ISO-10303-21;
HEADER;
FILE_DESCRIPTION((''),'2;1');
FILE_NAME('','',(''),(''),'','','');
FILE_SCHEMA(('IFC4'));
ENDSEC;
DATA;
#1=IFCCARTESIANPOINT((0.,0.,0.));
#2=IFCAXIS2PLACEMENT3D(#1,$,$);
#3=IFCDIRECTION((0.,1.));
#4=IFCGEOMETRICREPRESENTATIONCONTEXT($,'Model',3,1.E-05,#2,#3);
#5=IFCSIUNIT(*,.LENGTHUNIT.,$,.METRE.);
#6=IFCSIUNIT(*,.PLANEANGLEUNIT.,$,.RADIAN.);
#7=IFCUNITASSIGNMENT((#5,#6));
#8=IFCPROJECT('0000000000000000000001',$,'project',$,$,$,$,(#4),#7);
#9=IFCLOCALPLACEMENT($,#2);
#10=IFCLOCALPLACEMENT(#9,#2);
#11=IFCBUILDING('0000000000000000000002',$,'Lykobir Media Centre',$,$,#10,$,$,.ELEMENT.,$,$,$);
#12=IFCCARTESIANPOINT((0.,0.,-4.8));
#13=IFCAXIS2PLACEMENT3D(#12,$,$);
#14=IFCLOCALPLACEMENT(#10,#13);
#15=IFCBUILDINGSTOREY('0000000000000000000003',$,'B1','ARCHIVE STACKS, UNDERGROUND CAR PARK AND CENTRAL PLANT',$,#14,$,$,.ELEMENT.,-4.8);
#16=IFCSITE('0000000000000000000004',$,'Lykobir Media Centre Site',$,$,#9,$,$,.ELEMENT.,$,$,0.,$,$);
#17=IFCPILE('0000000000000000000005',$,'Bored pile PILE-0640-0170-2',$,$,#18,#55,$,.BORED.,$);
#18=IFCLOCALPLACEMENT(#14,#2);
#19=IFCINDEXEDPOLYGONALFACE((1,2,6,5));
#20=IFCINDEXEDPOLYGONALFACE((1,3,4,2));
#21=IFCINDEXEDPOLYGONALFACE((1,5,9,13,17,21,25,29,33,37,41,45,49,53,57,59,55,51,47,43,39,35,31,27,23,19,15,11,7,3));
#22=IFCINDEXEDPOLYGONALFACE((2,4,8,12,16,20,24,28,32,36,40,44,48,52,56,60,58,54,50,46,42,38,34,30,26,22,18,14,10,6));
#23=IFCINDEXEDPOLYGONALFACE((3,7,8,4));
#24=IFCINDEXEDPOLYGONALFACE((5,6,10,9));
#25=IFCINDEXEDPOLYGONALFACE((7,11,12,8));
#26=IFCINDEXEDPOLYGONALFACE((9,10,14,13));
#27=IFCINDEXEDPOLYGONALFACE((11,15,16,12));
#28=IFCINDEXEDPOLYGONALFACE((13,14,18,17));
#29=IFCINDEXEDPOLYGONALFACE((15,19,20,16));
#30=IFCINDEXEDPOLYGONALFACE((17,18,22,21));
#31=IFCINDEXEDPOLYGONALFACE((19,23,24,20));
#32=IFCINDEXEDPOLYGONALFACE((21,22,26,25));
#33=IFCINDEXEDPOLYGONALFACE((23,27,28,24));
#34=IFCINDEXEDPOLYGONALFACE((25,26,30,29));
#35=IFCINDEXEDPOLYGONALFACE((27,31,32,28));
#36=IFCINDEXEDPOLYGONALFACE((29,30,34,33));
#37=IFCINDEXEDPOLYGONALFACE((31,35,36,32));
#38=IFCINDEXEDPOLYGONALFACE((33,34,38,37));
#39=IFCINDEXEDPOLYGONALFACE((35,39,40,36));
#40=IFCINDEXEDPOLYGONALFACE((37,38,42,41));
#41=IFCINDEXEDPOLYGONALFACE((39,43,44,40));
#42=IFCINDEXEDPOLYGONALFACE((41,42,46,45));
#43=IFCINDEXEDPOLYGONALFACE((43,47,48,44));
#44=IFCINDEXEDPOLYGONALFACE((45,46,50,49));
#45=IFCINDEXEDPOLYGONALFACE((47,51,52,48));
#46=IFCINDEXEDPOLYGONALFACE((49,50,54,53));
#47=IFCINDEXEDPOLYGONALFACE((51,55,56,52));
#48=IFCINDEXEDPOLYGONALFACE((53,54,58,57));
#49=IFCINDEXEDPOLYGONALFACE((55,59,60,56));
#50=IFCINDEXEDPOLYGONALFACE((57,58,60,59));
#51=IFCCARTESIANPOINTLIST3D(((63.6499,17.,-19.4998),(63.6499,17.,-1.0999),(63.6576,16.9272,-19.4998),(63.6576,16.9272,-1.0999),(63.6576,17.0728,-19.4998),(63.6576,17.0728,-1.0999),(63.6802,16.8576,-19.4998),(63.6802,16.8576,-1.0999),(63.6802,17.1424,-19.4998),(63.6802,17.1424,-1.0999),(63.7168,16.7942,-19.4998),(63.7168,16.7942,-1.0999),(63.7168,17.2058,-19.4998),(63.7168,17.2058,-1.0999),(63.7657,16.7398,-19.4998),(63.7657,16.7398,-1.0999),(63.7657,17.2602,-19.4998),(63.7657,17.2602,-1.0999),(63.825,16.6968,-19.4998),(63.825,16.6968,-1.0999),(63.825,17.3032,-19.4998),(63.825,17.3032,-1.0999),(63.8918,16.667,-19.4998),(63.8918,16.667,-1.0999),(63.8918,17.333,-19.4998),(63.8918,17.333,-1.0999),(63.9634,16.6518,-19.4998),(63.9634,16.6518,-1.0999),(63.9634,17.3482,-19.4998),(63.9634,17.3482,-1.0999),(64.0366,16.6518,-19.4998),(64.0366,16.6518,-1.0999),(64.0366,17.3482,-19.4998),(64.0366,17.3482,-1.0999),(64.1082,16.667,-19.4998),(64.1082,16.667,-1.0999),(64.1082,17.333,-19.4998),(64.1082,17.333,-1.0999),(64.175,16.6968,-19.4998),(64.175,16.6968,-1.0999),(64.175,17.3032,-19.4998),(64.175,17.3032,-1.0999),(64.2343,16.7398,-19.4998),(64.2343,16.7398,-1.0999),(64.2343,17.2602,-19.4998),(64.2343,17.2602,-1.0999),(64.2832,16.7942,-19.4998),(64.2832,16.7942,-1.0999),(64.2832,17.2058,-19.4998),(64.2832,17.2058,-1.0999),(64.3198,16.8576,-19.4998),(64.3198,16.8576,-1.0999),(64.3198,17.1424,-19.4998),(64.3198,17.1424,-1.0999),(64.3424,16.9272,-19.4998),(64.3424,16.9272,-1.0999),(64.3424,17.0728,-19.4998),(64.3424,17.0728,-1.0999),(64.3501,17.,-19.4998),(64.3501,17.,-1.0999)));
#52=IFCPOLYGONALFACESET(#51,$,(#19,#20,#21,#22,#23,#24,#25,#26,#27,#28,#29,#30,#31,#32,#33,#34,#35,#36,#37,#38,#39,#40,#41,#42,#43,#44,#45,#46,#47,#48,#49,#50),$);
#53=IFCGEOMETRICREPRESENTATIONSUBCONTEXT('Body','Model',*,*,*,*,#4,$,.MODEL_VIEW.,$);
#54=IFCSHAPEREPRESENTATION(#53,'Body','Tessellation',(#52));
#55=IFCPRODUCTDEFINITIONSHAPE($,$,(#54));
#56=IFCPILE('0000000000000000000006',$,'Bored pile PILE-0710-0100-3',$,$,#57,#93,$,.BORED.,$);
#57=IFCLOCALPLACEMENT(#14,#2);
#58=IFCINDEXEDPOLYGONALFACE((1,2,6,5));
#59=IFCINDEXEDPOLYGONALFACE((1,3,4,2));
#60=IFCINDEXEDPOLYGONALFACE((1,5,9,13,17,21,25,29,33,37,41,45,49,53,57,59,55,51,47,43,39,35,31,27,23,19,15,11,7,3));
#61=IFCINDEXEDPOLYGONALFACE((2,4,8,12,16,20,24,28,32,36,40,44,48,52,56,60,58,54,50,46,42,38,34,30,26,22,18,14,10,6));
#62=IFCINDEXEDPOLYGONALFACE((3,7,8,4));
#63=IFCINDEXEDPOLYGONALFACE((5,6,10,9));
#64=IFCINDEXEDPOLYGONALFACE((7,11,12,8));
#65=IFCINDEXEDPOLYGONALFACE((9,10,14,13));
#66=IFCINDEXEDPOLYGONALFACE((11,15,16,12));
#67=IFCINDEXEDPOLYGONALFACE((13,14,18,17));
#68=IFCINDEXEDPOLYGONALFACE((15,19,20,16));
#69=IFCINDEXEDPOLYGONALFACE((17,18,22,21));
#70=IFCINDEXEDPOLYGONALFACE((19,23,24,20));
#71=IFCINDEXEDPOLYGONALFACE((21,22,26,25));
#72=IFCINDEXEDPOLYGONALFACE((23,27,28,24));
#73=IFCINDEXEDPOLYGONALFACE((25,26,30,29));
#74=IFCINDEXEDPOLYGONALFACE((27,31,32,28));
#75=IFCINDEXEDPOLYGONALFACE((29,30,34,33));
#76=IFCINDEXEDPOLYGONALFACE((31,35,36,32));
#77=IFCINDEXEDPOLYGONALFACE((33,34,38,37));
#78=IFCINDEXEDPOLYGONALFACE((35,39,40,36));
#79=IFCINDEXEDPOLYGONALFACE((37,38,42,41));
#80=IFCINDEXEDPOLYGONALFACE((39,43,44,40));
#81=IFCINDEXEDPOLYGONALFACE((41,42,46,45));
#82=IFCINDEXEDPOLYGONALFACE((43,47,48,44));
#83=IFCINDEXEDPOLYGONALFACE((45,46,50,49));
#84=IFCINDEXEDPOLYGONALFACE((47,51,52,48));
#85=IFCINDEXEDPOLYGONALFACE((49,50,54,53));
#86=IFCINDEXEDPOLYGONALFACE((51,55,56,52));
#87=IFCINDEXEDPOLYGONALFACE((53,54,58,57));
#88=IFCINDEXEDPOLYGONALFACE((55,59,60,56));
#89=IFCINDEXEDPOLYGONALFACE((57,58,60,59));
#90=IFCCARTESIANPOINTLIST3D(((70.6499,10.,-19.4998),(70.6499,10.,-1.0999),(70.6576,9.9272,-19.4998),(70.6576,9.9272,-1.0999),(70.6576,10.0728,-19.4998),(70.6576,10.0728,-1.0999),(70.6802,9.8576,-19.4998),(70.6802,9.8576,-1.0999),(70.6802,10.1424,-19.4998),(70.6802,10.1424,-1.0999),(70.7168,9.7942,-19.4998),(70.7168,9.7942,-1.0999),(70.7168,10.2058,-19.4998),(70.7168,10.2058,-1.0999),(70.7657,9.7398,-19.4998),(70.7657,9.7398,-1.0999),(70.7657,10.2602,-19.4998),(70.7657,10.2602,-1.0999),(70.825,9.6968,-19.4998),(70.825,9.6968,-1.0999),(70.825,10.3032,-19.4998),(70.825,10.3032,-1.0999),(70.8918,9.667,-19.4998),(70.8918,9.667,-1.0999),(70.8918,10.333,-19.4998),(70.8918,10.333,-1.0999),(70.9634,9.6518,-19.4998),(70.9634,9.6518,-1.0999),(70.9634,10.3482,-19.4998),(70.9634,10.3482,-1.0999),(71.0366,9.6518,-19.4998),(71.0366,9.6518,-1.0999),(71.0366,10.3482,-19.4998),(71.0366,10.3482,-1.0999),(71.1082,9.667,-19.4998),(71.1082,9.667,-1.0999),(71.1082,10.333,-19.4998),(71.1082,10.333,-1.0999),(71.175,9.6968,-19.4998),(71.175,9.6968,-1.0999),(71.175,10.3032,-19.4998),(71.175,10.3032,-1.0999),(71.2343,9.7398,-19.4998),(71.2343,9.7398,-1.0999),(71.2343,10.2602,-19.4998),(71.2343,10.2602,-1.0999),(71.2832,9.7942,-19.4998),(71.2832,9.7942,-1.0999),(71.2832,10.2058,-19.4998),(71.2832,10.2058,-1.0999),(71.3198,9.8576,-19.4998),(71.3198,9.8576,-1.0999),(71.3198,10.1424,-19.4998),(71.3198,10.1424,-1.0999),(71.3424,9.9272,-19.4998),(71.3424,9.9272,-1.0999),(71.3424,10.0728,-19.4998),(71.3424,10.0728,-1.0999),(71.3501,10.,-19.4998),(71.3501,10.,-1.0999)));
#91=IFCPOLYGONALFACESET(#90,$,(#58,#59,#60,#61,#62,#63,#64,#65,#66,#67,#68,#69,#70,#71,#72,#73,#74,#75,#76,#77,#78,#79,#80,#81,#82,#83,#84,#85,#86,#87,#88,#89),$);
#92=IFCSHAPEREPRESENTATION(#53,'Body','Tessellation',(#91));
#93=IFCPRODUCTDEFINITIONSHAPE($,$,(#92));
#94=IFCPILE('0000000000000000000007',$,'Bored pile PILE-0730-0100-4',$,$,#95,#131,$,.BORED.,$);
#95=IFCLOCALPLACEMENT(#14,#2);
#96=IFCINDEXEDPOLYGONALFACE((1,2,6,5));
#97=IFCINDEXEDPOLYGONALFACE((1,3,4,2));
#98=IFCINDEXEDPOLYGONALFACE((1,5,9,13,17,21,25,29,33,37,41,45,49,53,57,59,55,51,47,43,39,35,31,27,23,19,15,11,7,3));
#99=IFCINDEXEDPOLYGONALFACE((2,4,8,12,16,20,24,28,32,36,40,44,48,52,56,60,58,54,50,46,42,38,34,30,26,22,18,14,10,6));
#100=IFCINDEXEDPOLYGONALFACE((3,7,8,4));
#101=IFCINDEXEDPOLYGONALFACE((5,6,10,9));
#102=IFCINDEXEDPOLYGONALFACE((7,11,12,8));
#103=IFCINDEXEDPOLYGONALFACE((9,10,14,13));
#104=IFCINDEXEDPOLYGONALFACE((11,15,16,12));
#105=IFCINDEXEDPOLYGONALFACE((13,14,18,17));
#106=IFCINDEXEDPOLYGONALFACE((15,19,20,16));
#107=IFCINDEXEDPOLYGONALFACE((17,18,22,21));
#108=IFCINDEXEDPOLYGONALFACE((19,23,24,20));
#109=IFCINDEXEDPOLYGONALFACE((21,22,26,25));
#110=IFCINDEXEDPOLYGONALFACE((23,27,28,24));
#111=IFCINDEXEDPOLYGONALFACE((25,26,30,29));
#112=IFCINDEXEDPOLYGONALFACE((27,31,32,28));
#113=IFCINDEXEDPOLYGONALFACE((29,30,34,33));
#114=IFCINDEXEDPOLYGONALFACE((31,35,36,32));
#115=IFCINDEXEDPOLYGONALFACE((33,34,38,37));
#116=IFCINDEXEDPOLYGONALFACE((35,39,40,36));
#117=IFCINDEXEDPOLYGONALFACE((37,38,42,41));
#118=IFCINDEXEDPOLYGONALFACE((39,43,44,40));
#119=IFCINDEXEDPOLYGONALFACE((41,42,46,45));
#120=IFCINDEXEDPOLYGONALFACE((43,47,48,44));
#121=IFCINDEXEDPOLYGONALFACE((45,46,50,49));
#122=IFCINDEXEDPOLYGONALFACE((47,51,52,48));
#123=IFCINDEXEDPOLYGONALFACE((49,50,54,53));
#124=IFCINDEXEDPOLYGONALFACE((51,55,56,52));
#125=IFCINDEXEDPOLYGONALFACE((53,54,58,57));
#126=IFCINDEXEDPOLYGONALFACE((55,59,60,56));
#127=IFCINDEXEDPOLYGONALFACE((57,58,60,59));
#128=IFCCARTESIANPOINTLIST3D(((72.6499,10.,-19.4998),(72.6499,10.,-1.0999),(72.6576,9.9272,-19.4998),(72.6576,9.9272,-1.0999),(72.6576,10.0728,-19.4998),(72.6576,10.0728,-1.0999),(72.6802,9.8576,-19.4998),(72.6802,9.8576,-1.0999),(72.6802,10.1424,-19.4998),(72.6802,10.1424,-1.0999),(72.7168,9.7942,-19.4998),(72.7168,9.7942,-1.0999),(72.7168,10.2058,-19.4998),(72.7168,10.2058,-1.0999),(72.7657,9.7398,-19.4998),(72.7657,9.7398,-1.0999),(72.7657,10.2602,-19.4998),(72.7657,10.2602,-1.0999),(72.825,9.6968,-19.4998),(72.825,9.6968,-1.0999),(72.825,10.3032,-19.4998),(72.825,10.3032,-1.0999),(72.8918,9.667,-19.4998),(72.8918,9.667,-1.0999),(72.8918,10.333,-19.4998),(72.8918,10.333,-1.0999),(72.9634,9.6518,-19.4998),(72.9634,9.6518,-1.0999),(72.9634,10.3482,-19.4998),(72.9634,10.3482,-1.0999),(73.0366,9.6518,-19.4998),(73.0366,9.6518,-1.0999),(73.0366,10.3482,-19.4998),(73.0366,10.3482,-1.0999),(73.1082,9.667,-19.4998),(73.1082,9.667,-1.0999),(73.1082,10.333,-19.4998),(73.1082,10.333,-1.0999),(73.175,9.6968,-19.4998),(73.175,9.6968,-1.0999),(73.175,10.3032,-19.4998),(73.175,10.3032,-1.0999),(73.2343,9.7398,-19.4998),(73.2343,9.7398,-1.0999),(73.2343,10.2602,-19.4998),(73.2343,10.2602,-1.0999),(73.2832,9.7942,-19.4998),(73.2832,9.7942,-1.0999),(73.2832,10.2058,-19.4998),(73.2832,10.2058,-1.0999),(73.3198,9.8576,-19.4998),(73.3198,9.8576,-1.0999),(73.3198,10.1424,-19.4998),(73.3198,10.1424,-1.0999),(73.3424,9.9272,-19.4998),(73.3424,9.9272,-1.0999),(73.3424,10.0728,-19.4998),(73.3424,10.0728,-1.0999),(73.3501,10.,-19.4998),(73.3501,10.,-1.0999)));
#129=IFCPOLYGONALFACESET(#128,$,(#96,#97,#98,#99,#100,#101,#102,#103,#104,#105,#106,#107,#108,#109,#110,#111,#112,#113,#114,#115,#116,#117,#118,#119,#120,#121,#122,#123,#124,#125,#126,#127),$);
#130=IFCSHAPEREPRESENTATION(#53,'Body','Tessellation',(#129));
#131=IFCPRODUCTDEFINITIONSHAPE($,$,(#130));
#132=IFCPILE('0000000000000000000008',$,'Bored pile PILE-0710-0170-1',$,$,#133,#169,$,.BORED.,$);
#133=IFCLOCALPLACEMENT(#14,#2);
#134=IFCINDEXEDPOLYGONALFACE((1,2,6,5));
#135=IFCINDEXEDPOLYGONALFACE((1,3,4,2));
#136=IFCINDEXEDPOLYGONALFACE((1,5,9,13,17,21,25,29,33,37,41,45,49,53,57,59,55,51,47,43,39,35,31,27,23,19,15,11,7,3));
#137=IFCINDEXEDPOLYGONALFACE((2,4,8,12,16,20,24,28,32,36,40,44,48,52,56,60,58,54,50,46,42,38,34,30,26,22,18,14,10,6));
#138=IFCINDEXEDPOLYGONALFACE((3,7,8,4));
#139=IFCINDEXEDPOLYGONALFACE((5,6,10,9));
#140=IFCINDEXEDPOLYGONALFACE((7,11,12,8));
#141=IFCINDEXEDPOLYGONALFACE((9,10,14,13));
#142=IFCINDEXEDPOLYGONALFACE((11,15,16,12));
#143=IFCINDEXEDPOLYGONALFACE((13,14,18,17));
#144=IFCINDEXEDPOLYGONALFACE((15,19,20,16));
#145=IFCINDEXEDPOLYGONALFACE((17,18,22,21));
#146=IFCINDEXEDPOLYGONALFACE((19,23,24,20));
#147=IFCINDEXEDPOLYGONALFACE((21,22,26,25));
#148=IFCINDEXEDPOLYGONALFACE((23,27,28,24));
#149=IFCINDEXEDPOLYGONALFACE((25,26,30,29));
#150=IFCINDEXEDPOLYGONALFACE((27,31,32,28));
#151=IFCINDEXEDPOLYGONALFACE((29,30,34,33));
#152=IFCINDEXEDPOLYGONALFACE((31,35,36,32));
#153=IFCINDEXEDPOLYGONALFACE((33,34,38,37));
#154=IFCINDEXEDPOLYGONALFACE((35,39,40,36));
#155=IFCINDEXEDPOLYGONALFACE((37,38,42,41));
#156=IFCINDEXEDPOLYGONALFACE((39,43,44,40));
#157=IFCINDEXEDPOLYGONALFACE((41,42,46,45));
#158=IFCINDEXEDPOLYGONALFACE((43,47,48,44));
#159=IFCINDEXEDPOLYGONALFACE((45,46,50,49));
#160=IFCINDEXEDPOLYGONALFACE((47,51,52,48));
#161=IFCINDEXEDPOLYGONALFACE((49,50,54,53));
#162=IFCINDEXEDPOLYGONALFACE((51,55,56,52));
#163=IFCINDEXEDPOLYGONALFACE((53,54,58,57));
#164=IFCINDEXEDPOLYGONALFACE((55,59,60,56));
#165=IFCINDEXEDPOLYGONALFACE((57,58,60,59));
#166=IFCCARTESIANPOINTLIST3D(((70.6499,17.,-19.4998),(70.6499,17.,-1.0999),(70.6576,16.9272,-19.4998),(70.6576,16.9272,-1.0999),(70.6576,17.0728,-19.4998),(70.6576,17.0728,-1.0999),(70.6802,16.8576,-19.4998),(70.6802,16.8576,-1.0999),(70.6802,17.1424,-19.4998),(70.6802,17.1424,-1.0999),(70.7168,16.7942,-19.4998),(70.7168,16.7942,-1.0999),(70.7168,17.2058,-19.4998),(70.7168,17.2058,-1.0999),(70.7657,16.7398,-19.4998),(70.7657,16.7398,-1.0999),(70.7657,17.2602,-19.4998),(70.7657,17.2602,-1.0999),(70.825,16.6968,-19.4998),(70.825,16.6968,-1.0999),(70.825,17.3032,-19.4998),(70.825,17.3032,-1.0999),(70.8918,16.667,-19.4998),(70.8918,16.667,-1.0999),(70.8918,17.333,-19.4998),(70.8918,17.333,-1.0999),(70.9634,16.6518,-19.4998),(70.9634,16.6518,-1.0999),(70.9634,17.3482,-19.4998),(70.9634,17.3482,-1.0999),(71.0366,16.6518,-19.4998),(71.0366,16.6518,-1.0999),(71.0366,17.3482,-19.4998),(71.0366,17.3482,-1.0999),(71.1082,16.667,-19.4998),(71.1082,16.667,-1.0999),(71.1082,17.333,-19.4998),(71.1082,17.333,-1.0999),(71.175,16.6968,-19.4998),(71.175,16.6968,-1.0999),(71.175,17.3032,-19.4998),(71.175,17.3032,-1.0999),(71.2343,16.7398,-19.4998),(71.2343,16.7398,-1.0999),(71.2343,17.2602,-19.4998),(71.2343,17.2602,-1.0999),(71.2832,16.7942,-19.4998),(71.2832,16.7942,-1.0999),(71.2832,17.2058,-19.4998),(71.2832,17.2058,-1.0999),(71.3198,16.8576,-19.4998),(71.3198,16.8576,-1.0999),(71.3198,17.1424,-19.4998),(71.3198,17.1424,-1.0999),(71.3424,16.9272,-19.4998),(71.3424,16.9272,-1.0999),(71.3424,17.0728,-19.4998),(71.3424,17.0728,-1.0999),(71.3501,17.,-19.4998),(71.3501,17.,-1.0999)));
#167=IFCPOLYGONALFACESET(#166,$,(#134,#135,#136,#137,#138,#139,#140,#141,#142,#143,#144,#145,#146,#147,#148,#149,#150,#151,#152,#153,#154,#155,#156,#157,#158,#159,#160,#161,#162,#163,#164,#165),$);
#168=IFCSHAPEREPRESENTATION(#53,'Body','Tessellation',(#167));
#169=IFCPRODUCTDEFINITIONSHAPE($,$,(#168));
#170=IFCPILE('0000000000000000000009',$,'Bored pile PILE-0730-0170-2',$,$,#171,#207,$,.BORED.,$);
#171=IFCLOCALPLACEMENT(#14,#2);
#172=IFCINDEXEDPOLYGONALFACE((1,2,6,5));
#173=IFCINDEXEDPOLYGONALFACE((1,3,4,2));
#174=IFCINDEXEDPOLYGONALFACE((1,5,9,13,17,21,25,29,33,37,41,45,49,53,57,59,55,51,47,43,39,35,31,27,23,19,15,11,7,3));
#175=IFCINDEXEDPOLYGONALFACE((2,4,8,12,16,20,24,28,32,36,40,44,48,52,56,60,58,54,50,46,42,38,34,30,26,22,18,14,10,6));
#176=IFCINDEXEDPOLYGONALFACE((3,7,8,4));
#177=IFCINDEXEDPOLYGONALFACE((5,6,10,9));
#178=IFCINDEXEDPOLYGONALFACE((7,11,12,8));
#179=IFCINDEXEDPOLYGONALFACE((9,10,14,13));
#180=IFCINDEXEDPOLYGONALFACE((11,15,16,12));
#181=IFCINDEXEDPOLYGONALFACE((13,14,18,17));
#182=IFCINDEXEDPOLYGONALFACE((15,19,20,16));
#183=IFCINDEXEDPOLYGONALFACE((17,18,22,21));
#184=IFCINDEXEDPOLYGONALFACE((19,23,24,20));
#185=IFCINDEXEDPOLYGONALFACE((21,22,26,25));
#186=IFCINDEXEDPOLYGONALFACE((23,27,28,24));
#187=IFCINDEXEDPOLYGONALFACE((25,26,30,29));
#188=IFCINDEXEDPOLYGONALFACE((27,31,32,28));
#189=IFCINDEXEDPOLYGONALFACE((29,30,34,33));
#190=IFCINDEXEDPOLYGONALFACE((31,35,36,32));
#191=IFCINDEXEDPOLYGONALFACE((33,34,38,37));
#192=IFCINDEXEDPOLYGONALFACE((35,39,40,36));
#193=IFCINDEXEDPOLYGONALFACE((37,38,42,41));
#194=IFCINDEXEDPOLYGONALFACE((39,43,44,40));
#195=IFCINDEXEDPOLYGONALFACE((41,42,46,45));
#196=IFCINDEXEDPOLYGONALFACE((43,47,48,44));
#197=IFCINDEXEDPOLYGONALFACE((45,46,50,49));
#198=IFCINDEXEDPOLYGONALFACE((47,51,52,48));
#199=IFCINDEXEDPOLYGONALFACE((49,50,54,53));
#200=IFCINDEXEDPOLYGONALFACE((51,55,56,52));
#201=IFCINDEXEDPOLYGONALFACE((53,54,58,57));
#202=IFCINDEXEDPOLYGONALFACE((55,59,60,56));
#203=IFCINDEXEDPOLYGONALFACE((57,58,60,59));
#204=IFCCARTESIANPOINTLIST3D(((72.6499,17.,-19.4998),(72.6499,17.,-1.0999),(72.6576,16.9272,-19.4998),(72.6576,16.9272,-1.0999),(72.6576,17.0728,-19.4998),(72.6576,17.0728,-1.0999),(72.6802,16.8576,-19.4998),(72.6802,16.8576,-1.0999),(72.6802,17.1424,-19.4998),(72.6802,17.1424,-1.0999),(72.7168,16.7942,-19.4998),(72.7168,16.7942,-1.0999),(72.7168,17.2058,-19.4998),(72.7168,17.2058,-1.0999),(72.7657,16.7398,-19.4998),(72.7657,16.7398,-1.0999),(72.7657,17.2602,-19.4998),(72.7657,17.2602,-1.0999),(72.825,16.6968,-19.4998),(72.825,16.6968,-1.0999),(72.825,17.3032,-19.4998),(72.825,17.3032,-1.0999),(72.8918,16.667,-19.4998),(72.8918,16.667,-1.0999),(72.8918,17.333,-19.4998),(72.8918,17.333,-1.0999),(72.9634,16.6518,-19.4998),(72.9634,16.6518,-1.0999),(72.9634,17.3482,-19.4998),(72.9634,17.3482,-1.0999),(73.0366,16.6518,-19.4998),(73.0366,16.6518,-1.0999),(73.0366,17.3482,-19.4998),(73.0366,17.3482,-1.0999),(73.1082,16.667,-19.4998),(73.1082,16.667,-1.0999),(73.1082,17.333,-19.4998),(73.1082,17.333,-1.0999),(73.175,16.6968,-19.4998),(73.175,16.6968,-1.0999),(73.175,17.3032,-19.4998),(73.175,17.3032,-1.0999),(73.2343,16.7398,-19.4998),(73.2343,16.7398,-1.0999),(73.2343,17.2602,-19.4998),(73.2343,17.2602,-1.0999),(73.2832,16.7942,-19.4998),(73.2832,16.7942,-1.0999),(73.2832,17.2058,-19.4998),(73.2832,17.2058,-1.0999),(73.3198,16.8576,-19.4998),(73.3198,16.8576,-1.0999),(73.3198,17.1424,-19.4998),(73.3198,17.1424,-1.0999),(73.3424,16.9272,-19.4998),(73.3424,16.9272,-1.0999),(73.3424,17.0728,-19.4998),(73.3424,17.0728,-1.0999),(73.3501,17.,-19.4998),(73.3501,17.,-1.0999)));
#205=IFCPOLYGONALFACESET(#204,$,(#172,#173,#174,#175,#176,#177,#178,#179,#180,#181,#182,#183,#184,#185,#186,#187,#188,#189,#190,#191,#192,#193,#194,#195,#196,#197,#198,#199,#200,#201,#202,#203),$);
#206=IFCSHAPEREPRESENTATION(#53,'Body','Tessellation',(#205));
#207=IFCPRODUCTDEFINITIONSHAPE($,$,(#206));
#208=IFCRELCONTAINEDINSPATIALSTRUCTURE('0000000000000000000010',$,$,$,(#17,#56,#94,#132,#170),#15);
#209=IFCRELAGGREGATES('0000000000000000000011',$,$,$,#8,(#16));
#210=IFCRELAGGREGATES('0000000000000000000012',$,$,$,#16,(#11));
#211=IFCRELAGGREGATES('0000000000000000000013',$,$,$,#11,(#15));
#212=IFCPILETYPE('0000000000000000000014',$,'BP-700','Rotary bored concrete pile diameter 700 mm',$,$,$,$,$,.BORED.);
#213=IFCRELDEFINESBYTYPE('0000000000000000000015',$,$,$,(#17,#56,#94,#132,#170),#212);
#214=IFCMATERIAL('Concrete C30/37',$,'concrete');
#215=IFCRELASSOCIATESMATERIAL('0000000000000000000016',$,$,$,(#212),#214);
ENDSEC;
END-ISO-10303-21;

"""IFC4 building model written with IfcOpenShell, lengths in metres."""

from ifc_helpers import new_model, si_unit, direction, frame, origin, origin_2d, place, context, subcontext, project, spatial, circle, extrude, material, material_profile, profile_set, type_object, element, save


model = new_model("IFC4")

# Units and contexts
model_context = context("Model", 3, precision=1e-05, world=origin(), true_north=direction((0.0, 1.0)))
body_context = subcontext(model_context, "Body", "Model", "MODEL_VIEW")
ifc_project = project(units=[si_unit("LENGTHUNIT", "METRE"), si_unit("PLANEANGLEUNIT", "RADIAN")], contexts=[model_context])

# Site, building, storey
site_placement = place(None, origin())
site = spatial("IfcSite", under=ifc_project, at=site_placement, Name="Lykobir Media Centre Site", CompositionType="ELEMENT", RefElevation=0.0)
building_placement = place(site_placement, origin())
building = spatial("IfcBuilding", under=site, at=building_placement, Name="Lykobir Media Centre", CompositionType="ELEMENT")
storey_placement = place(building_placement, frame((0.0, 0.0, -4.8)))
storey = spatial("IfcBuildingStorey", under=building, at=storey_placement, Name="B1", Description="ARCHIVE STACKS, UNDERGROUND CAR PARK AND CENTRAL PLANT", CompositionType="ELEMENT", Elevation=-4.8)

# Piles
ifc_material_1 = material(Name="Concrete C30/37", Category="concrete")
ifc_material_profile_1 = material_profile(ifc_material_1, circle(Radius=0.3501, at=origin_2d()), Name="BORED PILE D700")
ifc_profile_set_1 = profile_set([ifc_material_profile_1], Name="Concrete C30/37")
pile_type_1 = type_object("IfcPileType", Name="BP-700", Description="Rotary bored concrete pile diameter 700 mm", PredefinedType="BORED", material=ifc_profile_set_1)
for number, where, z_axis, x_axis, name in (
    (1, (64.0, 17.0, -1.0999), (0.0, 0.0, -1.0), (1.0, 0.0, 0.0), "Bored pile PILE-0640-0170-2"),
    (2, (71.0, 10.0, -1.0999), (0.0, 0.0, -1.0), (1.0, 0.0, 0.0), "Bored pile PILE-0710-0100-3"),
    (3, (73.0, 10.0, -1.0999), (0.0, 0.0, -1.0), (1.0, 0.0, 0.0), "Bored pile PILE-0730-0100-4"),
    (4, (71.0, 17.0, -1.0999), (0.0, 0.0, -1.0), (1.0, 0.0, 0.0), "Bored pile PILE-0710-0170-1"),
    (5, (73.0, 17.0, -1.0999), (0.0, 0.0, -1.0), (1.0, 0.0, 0.0), "Bored pile PILE-0730-0170-2"),
):
    element("IfcPile", number, at=place(storey_placement, frame(where, z_axis=z_axis, x_axis=x_axis)), inside=storey, type_object=pile_type_1, Name=name, PredefinedType="BORED", context=body_context, shape_type="SweptSolid", body=[
        extrude(circle(Radius=0.3501, at=origin_2d()), origin(), (0.0, 0.0, 1.0), 18.3999),
    ])

save(model, "model.ifc")
